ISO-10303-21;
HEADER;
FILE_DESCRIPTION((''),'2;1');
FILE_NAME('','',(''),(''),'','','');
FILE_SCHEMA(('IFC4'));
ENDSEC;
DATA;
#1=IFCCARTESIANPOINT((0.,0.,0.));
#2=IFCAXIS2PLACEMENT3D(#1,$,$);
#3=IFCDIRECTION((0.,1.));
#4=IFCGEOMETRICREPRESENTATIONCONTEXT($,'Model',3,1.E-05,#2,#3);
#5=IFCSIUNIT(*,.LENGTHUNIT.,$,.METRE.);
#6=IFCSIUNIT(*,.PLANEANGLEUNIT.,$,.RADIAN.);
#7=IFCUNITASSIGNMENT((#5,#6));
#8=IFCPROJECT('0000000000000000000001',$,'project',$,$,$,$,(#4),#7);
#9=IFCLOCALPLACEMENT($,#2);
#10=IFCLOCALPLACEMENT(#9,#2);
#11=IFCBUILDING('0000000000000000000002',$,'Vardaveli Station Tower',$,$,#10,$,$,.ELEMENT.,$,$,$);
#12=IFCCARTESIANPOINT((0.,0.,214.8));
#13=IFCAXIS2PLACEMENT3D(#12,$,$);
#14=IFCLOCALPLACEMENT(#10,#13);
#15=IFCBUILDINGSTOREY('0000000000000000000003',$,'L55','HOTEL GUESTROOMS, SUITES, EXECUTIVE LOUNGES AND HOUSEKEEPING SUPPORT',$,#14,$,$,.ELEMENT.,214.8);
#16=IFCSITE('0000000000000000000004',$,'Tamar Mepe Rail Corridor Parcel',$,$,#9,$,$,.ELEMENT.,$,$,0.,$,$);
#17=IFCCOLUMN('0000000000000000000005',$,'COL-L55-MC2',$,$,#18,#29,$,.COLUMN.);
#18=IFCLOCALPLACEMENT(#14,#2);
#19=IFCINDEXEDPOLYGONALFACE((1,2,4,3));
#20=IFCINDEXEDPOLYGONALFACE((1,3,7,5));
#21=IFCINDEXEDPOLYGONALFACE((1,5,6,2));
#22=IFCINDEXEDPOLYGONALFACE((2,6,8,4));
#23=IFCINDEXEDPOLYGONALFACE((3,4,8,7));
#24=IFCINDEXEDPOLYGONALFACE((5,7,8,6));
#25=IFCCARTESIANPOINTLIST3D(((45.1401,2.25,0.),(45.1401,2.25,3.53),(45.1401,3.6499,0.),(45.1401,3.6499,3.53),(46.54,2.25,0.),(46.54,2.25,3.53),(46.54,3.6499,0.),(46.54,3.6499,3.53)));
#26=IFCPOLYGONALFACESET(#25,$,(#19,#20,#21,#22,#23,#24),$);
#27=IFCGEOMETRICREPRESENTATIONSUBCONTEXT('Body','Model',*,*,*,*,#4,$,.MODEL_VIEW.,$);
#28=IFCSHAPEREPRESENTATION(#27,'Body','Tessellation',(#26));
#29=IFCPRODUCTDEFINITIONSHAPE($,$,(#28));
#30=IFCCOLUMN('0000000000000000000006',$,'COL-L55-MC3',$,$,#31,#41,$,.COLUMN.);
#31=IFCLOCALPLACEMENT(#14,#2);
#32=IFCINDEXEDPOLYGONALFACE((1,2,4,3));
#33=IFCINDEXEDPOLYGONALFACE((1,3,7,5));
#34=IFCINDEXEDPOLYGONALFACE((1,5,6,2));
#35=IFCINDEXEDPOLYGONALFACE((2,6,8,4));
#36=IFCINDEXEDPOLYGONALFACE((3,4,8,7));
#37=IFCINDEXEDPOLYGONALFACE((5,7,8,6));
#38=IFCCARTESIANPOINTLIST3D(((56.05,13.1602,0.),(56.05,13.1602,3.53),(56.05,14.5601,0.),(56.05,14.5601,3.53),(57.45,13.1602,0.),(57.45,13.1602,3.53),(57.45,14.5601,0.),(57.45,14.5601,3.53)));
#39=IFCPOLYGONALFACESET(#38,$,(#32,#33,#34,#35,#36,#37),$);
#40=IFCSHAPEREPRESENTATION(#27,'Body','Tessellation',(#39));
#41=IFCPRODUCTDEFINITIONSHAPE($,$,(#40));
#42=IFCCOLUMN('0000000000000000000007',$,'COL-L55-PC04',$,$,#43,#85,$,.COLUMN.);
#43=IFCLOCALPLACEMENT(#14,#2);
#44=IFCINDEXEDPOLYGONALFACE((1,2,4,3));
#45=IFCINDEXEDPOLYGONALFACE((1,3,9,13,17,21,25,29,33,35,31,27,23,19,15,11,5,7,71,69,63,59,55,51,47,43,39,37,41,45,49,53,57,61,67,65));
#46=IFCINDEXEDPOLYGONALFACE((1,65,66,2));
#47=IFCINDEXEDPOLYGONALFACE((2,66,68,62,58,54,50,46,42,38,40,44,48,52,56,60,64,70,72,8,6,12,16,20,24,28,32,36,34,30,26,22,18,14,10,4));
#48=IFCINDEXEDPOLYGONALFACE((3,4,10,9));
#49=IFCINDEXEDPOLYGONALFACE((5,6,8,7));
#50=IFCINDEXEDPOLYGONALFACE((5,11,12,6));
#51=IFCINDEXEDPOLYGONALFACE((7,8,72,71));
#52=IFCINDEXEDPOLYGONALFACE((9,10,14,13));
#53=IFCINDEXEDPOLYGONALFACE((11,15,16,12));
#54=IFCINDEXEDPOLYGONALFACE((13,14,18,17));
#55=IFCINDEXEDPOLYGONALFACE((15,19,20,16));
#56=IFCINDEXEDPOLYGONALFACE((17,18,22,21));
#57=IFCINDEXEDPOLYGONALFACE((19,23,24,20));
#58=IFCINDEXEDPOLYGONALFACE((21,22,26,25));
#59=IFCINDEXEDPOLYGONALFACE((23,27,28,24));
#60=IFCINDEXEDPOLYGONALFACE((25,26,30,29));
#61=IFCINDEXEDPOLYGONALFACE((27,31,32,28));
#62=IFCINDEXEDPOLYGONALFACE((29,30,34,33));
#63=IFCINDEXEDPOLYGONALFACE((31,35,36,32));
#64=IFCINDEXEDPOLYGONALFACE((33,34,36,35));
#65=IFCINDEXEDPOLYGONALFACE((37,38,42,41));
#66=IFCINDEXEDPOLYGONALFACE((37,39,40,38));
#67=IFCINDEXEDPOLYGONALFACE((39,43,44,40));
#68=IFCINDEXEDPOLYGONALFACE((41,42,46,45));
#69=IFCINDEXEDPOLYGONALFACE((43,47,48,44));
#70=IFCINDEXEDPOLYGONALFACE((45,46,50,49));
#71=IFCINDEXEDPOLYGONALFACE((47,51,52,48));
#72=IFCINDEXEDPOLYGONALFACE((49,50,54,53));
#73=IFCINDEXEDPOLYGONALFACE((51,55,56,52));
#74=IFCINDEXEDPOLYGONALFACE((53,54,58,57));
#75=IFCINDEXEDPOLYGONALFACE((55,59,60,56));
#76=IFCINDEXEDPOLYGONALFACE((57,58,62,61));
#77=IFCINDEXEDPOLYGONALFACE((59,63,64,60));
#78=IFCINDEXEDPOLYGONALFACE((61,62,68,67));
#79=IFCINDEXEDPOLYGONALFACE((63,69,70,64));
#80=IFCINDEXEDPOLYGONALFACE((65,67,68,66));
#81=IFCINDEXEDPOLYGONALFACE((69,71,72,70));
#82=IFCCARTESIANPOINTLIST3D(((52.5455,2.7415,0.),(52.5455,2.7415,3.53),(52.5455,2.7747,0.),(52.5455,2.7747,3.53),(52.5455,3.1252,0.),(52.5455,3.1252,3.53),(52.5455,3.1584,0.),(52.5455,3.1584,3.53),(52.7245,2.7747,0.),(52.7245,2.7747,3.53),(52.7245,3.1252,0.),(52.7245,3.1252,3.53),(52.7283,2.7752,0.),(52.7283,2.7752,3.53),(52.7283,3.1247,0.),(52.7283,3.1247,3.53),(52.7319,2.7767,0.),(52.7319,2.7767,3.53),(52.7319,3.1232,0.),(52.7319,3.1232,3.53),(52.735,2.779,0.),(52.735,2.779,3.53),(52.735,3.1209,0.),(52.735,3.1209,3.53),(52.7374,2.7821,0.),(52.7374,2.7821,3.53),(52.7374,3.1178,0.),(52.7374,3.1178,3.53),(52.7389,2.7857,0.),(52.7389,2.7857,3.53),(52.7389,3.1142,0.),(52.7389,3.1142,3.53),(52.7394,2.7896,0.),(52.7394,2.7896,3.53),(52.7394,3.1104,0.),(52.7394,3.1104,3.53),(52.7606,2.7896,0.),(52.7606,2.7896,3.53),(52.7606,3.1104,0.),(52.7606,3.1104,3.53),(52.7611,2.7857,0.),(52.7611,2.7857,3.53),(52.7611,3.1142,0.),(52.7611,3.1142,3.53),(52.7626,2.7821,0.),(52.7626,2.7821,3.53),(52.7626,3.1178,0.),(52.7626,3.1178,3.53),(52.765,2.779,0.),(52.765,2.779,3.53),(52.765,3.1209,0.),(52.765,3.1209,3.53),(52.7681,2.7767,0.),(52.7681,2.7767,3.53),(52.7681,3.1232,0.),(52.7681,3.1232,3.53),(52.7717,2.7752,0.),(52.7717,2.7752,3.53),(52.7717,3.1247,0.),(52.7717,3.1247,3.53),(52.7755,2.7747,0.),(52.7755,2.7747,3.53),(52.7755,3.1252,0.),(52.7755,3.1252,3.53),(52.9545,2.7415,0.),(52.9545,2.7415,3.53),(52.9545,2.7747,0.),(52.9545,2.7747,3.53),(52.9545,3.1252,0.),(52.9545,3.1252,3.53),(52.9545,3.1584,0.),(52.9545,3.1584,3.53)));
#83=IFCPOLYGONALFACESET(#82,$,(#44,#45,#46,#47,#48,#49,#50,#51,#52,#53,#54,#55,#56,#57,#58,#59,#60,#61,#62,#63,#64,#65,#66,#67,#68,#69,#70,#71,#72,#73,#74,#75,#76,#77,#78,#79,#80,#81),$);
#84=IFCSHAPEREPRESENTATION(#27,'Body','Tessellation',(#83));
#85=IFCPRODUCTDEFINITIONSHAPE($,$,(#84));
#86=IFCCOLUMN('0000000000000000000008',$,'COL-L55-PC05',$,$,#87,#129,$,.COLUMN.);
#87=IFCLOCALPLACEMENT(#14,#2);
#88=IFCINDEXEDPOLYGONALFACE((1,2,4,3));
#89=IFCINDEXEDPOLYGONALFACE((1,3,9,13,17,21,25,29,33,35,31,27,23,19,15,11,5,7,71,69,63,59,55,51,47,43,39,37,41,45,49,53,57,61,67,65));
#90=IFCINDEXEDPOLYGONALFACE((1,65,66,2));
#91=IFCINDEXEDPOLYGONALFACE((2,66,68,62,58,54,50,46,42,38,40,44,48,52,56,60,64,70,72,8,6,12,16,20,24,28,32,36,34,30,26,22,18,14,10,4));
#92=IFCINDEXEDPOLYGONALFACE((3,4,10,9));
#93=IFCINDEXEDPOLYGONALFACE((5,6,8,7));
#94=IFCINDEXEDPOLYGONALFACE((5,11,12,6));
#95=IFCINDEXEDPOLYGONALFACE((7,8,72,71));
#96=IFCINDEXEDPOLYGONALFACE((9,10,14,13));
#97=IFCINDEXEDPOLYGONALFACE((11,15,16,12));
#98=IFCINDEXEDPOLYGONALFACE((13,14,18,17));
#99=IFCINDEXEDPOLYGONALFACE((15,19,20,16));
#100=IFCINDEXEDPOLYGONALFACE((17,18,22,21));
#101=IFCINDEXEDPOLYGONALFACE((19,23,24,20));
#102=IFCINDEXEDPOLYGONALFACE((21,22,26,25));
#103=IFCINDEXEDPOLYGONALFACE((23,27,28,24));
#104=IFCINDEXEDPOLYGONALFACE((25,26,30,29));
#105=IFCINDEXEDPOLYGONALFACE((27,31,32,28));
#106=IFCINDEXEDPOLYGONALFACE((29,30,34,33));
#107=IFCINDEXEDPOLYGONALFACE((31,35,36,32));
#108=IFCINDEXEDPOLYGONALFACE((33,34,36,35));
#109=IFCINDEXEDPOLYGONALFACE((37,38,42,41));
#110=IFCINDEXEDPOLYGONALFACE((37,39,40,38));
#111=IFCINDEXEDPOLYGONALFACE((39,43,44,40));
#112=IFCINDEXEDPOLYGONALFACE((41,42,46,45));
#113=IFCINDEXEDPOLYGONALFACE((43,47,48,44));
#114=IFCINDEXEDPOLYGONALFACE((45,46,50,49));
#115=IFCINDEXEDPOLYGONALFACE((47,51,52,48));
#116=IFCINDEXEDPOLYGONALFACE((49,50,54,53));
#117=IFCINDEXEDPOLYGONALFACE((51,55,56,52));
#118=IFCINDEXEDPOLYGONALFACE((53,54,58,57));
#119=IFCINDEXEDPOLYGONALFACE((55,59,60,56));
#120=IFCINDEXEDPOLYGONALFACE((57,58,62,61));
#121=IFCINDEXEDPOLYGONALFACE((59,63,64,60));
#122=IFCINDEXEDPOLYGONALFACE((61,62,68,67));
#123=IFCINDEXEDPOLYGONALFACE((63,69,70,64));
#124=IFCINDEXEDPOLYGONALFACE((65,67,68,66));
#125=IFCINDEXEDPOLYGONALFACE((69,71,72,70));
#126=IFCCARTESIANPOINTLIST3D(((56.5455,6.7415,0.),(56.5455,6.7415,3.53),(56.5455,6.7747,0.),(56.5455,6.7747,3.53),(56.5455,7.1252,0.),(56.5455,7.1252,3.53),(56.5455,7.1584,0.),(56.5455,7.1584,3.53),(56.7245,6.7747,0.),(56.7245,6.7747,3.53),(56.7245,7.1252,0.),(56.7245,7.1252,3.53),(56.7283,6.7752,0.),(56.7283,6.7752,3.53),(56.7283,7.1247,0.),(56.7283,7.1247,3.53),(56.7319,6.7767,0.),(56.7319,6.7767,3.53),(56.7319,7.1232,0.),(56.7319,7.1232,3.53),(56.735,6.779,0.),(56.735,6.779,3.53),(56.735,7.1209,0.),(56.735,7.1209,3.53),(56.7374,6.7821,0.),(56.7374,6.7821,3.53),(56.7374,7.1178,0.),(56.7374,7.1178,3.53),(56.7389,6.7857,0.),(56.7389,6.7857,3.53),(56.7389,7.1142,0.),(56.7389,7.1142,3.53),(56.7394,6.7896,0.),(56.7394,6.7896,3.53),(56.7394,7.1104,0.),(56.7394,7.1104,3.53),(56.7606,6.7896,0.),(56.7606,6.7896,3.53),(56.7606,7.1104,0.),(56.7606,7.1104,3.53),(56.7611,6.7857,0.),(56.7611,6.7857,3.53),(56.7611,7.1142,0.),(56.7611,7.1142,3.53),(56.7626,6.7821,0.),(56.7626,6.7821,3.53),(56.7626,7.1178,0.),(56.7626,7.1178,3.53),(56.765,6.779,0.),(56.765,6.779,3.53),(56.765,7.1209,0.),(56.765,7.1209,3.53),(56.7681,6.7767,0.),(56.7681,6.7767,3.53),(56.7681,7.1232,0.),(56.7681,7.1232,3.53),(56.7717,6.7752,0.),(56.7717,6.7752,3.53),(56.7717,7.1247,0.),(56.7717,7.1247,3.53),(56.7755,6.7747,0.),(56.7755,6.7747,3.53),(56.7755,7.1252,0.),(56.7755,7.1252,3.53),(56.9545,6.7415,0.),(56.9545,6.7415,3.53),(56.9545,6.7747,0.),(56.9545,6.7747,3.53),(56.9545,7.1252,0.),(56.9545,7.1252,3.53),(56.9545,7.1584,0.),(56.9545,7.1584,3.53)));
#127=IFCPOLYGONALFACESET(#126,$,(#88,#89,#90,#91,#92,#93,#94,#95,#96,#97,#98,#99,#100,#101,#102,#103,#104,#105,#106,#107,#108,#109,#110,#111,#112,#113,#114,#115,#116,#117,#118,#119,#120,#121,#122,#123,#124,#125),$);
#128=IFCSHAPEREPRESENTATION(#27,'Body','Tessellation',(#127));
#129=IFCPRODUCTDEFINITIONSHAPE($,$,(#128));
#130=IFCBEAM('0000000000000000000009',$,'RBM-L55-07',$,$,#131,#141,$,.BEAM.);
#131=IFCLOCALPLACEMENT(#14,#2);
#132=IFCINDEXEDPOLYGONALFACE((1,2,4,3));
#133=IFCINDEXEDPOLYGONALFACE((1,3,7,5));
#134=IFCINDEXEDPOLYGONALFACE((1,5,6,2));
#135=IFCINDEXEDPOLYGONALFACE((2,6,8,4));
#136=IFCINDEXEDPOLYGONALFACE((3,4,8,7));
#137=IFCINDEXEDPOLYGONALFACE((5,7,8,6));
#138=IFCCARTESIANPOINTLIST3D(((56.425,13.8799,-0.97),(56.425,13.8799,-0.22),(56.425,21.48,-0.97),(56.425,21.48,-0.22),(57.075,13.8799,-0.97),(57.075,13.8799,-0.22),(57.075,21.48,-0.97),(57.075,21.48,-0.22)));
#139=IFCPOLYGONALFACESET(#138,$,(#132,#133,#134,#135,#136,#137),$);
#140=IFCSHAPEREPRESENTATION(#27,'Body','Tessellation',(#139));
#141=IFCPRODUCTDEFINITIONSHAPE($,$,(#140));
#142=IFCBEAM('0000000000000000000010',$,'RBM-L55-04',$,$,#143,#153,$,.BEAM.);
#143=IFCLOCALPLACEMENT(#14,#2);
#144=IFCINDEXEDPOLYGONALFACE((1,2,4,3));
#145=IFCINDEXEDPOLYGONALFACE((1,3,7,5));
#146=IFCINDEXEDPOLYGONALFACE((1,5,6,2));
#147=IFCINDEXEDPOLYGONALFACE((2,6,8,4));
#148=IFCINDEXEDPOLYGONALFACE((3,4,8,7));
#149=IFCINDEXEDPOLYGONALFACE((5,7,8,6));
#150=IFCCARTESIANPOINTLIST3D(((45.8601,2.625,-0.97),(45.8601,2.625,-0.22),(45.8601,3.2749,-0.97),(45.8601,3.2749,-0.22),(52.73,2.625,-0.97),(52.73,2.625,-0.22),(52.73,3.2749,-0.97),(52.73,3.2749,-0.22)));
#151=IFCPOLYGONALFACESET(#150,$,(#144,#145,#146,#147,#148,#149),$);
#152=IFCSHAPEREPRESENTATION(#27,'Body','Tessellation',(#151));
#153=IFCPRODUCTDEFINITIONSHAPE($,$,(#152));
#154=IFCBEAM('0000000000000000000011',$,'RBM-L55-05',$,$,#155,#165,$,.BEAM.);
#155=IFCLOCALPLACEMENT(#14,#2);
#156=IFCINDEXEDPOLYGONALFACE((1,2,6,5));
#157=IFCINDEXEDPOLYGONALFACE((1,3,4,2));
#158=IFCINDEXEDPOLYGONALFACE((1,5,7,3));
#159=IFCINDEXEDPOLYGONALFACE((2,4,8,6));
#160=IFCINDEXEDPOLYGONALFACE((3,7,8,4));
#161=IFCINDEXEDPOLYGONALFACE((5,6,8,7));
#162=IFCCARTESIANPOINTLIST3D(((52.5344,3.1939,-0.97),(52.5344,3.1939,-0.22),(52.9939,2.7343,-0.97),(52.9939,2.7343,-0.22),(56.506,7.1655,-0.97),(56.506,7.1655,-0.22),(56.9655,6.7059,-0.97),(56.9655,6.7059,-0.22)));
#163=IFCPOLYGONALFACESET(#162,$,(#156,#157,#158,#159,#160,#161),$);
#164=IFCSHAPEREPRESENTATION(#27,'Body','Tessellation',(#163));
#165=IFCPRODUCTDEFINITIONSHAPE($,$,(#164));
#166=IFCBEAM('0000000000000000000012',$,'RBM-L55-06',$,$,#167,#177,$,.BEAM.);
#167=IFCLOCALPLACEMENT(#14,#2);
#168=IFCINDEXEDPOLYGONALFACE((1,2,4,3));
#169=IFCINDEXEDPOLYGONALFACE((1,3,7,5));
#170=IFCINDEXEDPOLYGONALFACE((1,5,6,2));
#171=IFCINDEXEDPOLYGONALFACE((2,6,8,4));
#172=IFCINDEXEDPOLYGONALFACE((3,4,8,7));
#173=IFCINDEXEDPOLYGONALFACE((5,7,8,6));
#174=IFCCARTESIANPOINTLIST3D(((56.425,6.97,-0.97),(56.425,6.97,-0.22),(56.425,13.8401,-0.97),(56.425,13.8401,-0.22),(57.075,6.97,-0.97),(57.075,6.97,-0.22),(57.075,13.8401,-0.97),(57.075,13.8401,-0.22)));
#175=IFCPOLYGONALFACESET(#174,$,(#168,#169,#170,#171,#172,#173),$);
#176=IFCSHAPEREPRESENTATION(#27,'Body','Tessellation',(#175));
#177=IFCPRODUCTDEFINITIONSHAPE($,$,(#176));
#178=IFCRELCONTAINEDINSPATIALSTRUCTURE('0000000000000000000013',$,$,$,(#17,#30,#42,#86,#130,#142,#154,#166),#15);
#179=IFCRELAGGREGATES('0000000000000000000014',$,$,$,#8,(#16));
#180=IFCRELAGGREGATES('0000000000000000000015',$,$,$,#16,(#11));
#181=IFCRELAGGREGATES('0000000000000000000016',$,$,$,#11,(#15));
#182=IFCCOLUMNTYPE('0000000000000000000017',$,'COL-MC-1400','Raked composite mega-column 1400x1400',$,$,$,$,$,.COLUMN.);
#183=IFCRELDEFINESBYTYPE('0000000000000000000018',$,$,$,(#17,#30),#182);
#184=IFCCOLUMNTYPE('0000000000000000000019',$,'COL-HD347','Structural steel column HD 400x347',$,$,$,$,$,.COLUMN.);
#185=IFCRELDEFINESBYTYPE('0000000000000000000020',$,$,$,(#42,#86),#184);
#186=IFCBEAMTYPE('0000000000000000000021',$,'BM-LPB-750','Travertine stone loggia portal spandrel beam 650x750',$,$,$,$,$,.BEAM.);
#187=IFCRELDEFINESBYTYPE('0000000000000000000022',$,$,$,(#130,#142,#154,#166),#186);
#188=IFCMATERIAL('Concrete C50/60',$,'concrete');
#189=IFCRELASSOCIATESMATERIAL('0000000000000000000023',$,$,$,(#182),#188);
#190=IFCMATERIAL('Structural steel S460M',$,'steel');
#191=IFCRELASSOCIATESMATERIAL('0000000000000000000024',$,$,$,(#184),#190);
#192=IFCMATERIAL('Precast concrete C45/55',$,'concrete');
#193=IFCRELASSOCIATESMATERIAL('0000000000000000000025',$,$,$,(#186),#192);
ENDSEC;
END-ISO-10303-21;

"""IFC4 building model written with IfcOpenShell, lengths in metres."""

from ifc_helpers import new_model, si_unit, direction, frame, origin, origin_2d, place, context, subcontext, project, spatial, rectangle, i_section, extrude, source, transform, mapped, material, material_profile, profile_set, type_object, element, save


model = new_model("IFC4")

# Units and contexts
model_context = context("Model", 3, precision=1e-05, world=origin(), true_north=direction((0.0, 1.0)))
body_context = subcontext(model_context, "Body", "Model", "MODEL_VIEW")
ifc_project = project(units=[si_unit("LENGTHUNIT", "METRE"), si_unit("PLANEANGLEUNIT", "RADIAN")], contexts=[model_context])

# Site, building, storey
site_placement = place(None, origin())
site = spatial("IfcSite", under=ifc_project, at=site_placement, Name="Tamar Mepe Rail Corridor Parcel", CompositionType="ELEMENT", RefElevation=0.0)
building_placement = place(site_placement, origin())
building = spatial("IfcBuilding", under=site, at=building_placement, Name="Vardaveli Station Tower", CompositionType="ELEMENT")
storey_placement = place(building_placement, frame((0.0, 0.0, 214.8)))
storey = spatial("IfcBuildingStorey", under=building, at=storey_placement, Name="L55", Description="HOTEL GUESTROOMS, SUITES, EXECUTIVE LOUNGES AND HOUSEKEEPING SUPPORT", CompositionType="ELEMENT", Elevation=214.8)

# Columns
ifc_material_1 = material(Name="Concrete C50/60", Category="concrete")
ifc_material_profile_1 = material_profile(ifc_material_1, rectangle(XDim=1.3999, YDim=1.3999, at=origin_2d()), Name="MC 1400x1400")
ifc_profile_set_1 = profile_set([ifc_material_profile_1], Name="Concrete C50/60")
column_type_1 = type_object("IfcColumnType", Name="COL-MC-1400", Description="Raked composite mega-column 1400x1400", PredefinedType="COLUMN", material=ifc_profile_set_1)
shared_shape_1 = source(origin(), body_context, "Body", "SweptSolid", [
    extrude(rectangle(XDim=1.3999, YDim=1.3999, at=origin_2d()), origin(), (0.0, 0.0, 1.0), 3.53),
])
for number, where, z_axis, x_axis, name in (
    (1, (45.8401, 2.95, 0.0), (0.0, 0.0, 1.0), (1.0, 0.0, 0.0), "COL-L55-MC2"),
    (2, (56.75, 13.8601, 0.0), (0.0, 0.0, 1.0), (1.0, 0.0, 0.0), "COL-L55-MC3"),
):
    element("IfcColumn", number, at=place(storey_placement, frame(where, z_axis=z_axis, x_axis=x_axis)), inside=storey, type_object=column_type_1, Name=name, PredefinedType="COLUMN", context=body_context, shape_type="MappedRepresentation", body=[
        mapped(shared_shape_1, transform((0.0, 0.0, 0.0), scale=1.0)),
    ])
ifc_material_2 = material(Name="Structural steel S460M", Category="steel")
ifc_material_profile_2 = material_profile(ifc_material_2, i_section(OverallWidth=0.4089, OverallDepth=0.417, WebThickness=0.0212, FlangeThickness=0.0332, FilletRadius=0.0149, at=origin_2d()), Name="HD 400x347")
ifc_profile_set_2 = profile_set([ifc_material_profile_2], Name="Structural steel S460M")
column_type_2 = type_object("IfcColumnType", Name="COL-HD347", Description="Structural steel column HD 400x347", PredefinedType="COLUMN", material=ifc_profile_set_2)
shared_shape_2 = source(origin(), body_context, "Body", "SweptSolid", [
    extrude(i_section(OverallWidth=0.4089, OverallDepth=0.417, WebThickness=0.0212, FlangeThickness=0.0332, FilletRadius=0.0149, at=origin_2d()), origin(), (0.0, 0.0, 1.0), 3.53),
])
for number, where, z_axis, x_axis, name in (
    (3, (52.75, 2.95, 0.0), (0.0, 0.0, 1.0), (1.0, 0.0, 0.0), "COL-L55-PC04"),
    (4, (56.75, 6.95, 0.0), (0.0, 0.0, 1.0), (1.0, 0.0, 0.0), "COL-L55-PC05"),
):
    element("IfcColumn", number, at=place(storey_placement, frame(where, z_axis=z_axis, x_axis=x_axis)), inside=storey, type_object=column_type_2, Name=name, PredefinedType="COLUMN", context=body_context, shape_type="MappedRepresentation", body=[
        mapped(shared_shape_2, transform((0.0, 0.0, 0.0), scale=1.0)),
    ])

# Beams
ifc_material_3 = material(Name="Precast concrete C45/55", Category="concrete")
ifc_material_profile_3 = material_profile(ifc_material_3, rectangle(XDim=0.6499, YDim=0.75, at=origin_2d()), Name="LPB 650x750")
ifc_profile_set_3 = profile_set([ifc_material_profile_3], Name="Precast concrete C45/55")
beam_type_1 = type_object("IfcBeamType", Name="BM-LPB-750", Description="Travertine stone loggia portal spandrel beam 650x750", PredefinedType="BEAM", material=ifc_profile_set_3)
shared_shape_3 = source(origin(), body_context, "Body", "SweptSolid", [
    extrude(rectangle(XDim=0.6499, YDim=0.75, at=origin_2d()), origin(), (0.0, 0.0, 1.0), 7.6001),
])
beam_1_placement = place(storey_placement, frame((56.75, 13.8799, -0.595), z_axis=(0.0, 1.0, 0.0), x_axis=(-1.0, 0.0, 0.0)))
element("IfcBeam", 5, at=beam_1_placement, inside=storey, type_object=beam_type_1, Name="RBM-L55-07", PredefinedType="BEAM", context=body_context, shape_type="MappedRepresentation", body=[
    mapped(shared_shape_3, transform((0.0, 0.0, 0.0), scale=1.0)),
])
shared_shape_4 = source(origin(), body_context, "Body", "SweptSolid", [
    extrude(rectangle(XDim=0.6499, YDim=0.75, at=origin_2d()), origin(), (0.0, 0.0, 1.0), 6.8699),
])
beam_2_placement = place(storey_placement, frame((45.8601, 2.95, -0.595), z_axis=(1.0, 0.0, 0.0), x_axis=(0.0, 1.0, 0.0)))
element("IfcBeam", 6, at=beam_2_placement, inside=storey, type_object=beam_type_1, Name="RBM-L55-04", PredefinedType="BEAM", context=body_context, shape_type="MappedRepresentation", body=[
    mapped(shared_shape_4, transform((0.0, 0.0, 0.0), scale=1.0)),
])
shared_shape_5 = source(origin(), body_context, "Body", "SweptSolid", [
    extrude(rectangle(XDim=0.6499, YDim=0.75, at=origin_2d()), origin(), (0.0, 0.0, 1.0), 5.6167),
])
beam_3_placement = place(storey_placement, frame((52.7642, 2.9641, -0.595), z_axis=(0.707107, 0.707107, 0.0), x_axis=(-0.707107, 0.707107, 0.0)))
element("IfcBeam", 7, at=beam_3_placement, inside=storey, type_object=beam_type_1, Name="RBM-L55-05", PredefinedType="BEAM", context=body_context, shape_type="MappedRepresentation", body=[
    mapped(shared_shape_5, transform((0.0, 0.0, 0.0), scale=1.0)),
])
shared_shape_6 = source(origin(), body_context, "Body", "SweptSolid", [
    extrude(rectangle(XDim=0.6499, YDim=0.75, at=origin_2d()), origin(), (0.0, 0.0, 1.0), 6.8701),
])
beam_4_placement = place(storey_placement, frame((56.75, 6.97, -0.595), z_axis=(0.0, 1.0, 0.0), x_axis=(-1.0, 0.0, 0.0)))
element("IfcBeam", 8, at=beam_4_placement, inside=storey, type_object=beam_type_1, Name="RBM-L55-06", PredefinedType="BEAM", context=body_context, shape_type="MappedRepresentation", body=[
    mapped(shared_shape_6, transform((0.0, 0.0, 0.0), scale=1.0)),
])

save(model, "model.ifc")
